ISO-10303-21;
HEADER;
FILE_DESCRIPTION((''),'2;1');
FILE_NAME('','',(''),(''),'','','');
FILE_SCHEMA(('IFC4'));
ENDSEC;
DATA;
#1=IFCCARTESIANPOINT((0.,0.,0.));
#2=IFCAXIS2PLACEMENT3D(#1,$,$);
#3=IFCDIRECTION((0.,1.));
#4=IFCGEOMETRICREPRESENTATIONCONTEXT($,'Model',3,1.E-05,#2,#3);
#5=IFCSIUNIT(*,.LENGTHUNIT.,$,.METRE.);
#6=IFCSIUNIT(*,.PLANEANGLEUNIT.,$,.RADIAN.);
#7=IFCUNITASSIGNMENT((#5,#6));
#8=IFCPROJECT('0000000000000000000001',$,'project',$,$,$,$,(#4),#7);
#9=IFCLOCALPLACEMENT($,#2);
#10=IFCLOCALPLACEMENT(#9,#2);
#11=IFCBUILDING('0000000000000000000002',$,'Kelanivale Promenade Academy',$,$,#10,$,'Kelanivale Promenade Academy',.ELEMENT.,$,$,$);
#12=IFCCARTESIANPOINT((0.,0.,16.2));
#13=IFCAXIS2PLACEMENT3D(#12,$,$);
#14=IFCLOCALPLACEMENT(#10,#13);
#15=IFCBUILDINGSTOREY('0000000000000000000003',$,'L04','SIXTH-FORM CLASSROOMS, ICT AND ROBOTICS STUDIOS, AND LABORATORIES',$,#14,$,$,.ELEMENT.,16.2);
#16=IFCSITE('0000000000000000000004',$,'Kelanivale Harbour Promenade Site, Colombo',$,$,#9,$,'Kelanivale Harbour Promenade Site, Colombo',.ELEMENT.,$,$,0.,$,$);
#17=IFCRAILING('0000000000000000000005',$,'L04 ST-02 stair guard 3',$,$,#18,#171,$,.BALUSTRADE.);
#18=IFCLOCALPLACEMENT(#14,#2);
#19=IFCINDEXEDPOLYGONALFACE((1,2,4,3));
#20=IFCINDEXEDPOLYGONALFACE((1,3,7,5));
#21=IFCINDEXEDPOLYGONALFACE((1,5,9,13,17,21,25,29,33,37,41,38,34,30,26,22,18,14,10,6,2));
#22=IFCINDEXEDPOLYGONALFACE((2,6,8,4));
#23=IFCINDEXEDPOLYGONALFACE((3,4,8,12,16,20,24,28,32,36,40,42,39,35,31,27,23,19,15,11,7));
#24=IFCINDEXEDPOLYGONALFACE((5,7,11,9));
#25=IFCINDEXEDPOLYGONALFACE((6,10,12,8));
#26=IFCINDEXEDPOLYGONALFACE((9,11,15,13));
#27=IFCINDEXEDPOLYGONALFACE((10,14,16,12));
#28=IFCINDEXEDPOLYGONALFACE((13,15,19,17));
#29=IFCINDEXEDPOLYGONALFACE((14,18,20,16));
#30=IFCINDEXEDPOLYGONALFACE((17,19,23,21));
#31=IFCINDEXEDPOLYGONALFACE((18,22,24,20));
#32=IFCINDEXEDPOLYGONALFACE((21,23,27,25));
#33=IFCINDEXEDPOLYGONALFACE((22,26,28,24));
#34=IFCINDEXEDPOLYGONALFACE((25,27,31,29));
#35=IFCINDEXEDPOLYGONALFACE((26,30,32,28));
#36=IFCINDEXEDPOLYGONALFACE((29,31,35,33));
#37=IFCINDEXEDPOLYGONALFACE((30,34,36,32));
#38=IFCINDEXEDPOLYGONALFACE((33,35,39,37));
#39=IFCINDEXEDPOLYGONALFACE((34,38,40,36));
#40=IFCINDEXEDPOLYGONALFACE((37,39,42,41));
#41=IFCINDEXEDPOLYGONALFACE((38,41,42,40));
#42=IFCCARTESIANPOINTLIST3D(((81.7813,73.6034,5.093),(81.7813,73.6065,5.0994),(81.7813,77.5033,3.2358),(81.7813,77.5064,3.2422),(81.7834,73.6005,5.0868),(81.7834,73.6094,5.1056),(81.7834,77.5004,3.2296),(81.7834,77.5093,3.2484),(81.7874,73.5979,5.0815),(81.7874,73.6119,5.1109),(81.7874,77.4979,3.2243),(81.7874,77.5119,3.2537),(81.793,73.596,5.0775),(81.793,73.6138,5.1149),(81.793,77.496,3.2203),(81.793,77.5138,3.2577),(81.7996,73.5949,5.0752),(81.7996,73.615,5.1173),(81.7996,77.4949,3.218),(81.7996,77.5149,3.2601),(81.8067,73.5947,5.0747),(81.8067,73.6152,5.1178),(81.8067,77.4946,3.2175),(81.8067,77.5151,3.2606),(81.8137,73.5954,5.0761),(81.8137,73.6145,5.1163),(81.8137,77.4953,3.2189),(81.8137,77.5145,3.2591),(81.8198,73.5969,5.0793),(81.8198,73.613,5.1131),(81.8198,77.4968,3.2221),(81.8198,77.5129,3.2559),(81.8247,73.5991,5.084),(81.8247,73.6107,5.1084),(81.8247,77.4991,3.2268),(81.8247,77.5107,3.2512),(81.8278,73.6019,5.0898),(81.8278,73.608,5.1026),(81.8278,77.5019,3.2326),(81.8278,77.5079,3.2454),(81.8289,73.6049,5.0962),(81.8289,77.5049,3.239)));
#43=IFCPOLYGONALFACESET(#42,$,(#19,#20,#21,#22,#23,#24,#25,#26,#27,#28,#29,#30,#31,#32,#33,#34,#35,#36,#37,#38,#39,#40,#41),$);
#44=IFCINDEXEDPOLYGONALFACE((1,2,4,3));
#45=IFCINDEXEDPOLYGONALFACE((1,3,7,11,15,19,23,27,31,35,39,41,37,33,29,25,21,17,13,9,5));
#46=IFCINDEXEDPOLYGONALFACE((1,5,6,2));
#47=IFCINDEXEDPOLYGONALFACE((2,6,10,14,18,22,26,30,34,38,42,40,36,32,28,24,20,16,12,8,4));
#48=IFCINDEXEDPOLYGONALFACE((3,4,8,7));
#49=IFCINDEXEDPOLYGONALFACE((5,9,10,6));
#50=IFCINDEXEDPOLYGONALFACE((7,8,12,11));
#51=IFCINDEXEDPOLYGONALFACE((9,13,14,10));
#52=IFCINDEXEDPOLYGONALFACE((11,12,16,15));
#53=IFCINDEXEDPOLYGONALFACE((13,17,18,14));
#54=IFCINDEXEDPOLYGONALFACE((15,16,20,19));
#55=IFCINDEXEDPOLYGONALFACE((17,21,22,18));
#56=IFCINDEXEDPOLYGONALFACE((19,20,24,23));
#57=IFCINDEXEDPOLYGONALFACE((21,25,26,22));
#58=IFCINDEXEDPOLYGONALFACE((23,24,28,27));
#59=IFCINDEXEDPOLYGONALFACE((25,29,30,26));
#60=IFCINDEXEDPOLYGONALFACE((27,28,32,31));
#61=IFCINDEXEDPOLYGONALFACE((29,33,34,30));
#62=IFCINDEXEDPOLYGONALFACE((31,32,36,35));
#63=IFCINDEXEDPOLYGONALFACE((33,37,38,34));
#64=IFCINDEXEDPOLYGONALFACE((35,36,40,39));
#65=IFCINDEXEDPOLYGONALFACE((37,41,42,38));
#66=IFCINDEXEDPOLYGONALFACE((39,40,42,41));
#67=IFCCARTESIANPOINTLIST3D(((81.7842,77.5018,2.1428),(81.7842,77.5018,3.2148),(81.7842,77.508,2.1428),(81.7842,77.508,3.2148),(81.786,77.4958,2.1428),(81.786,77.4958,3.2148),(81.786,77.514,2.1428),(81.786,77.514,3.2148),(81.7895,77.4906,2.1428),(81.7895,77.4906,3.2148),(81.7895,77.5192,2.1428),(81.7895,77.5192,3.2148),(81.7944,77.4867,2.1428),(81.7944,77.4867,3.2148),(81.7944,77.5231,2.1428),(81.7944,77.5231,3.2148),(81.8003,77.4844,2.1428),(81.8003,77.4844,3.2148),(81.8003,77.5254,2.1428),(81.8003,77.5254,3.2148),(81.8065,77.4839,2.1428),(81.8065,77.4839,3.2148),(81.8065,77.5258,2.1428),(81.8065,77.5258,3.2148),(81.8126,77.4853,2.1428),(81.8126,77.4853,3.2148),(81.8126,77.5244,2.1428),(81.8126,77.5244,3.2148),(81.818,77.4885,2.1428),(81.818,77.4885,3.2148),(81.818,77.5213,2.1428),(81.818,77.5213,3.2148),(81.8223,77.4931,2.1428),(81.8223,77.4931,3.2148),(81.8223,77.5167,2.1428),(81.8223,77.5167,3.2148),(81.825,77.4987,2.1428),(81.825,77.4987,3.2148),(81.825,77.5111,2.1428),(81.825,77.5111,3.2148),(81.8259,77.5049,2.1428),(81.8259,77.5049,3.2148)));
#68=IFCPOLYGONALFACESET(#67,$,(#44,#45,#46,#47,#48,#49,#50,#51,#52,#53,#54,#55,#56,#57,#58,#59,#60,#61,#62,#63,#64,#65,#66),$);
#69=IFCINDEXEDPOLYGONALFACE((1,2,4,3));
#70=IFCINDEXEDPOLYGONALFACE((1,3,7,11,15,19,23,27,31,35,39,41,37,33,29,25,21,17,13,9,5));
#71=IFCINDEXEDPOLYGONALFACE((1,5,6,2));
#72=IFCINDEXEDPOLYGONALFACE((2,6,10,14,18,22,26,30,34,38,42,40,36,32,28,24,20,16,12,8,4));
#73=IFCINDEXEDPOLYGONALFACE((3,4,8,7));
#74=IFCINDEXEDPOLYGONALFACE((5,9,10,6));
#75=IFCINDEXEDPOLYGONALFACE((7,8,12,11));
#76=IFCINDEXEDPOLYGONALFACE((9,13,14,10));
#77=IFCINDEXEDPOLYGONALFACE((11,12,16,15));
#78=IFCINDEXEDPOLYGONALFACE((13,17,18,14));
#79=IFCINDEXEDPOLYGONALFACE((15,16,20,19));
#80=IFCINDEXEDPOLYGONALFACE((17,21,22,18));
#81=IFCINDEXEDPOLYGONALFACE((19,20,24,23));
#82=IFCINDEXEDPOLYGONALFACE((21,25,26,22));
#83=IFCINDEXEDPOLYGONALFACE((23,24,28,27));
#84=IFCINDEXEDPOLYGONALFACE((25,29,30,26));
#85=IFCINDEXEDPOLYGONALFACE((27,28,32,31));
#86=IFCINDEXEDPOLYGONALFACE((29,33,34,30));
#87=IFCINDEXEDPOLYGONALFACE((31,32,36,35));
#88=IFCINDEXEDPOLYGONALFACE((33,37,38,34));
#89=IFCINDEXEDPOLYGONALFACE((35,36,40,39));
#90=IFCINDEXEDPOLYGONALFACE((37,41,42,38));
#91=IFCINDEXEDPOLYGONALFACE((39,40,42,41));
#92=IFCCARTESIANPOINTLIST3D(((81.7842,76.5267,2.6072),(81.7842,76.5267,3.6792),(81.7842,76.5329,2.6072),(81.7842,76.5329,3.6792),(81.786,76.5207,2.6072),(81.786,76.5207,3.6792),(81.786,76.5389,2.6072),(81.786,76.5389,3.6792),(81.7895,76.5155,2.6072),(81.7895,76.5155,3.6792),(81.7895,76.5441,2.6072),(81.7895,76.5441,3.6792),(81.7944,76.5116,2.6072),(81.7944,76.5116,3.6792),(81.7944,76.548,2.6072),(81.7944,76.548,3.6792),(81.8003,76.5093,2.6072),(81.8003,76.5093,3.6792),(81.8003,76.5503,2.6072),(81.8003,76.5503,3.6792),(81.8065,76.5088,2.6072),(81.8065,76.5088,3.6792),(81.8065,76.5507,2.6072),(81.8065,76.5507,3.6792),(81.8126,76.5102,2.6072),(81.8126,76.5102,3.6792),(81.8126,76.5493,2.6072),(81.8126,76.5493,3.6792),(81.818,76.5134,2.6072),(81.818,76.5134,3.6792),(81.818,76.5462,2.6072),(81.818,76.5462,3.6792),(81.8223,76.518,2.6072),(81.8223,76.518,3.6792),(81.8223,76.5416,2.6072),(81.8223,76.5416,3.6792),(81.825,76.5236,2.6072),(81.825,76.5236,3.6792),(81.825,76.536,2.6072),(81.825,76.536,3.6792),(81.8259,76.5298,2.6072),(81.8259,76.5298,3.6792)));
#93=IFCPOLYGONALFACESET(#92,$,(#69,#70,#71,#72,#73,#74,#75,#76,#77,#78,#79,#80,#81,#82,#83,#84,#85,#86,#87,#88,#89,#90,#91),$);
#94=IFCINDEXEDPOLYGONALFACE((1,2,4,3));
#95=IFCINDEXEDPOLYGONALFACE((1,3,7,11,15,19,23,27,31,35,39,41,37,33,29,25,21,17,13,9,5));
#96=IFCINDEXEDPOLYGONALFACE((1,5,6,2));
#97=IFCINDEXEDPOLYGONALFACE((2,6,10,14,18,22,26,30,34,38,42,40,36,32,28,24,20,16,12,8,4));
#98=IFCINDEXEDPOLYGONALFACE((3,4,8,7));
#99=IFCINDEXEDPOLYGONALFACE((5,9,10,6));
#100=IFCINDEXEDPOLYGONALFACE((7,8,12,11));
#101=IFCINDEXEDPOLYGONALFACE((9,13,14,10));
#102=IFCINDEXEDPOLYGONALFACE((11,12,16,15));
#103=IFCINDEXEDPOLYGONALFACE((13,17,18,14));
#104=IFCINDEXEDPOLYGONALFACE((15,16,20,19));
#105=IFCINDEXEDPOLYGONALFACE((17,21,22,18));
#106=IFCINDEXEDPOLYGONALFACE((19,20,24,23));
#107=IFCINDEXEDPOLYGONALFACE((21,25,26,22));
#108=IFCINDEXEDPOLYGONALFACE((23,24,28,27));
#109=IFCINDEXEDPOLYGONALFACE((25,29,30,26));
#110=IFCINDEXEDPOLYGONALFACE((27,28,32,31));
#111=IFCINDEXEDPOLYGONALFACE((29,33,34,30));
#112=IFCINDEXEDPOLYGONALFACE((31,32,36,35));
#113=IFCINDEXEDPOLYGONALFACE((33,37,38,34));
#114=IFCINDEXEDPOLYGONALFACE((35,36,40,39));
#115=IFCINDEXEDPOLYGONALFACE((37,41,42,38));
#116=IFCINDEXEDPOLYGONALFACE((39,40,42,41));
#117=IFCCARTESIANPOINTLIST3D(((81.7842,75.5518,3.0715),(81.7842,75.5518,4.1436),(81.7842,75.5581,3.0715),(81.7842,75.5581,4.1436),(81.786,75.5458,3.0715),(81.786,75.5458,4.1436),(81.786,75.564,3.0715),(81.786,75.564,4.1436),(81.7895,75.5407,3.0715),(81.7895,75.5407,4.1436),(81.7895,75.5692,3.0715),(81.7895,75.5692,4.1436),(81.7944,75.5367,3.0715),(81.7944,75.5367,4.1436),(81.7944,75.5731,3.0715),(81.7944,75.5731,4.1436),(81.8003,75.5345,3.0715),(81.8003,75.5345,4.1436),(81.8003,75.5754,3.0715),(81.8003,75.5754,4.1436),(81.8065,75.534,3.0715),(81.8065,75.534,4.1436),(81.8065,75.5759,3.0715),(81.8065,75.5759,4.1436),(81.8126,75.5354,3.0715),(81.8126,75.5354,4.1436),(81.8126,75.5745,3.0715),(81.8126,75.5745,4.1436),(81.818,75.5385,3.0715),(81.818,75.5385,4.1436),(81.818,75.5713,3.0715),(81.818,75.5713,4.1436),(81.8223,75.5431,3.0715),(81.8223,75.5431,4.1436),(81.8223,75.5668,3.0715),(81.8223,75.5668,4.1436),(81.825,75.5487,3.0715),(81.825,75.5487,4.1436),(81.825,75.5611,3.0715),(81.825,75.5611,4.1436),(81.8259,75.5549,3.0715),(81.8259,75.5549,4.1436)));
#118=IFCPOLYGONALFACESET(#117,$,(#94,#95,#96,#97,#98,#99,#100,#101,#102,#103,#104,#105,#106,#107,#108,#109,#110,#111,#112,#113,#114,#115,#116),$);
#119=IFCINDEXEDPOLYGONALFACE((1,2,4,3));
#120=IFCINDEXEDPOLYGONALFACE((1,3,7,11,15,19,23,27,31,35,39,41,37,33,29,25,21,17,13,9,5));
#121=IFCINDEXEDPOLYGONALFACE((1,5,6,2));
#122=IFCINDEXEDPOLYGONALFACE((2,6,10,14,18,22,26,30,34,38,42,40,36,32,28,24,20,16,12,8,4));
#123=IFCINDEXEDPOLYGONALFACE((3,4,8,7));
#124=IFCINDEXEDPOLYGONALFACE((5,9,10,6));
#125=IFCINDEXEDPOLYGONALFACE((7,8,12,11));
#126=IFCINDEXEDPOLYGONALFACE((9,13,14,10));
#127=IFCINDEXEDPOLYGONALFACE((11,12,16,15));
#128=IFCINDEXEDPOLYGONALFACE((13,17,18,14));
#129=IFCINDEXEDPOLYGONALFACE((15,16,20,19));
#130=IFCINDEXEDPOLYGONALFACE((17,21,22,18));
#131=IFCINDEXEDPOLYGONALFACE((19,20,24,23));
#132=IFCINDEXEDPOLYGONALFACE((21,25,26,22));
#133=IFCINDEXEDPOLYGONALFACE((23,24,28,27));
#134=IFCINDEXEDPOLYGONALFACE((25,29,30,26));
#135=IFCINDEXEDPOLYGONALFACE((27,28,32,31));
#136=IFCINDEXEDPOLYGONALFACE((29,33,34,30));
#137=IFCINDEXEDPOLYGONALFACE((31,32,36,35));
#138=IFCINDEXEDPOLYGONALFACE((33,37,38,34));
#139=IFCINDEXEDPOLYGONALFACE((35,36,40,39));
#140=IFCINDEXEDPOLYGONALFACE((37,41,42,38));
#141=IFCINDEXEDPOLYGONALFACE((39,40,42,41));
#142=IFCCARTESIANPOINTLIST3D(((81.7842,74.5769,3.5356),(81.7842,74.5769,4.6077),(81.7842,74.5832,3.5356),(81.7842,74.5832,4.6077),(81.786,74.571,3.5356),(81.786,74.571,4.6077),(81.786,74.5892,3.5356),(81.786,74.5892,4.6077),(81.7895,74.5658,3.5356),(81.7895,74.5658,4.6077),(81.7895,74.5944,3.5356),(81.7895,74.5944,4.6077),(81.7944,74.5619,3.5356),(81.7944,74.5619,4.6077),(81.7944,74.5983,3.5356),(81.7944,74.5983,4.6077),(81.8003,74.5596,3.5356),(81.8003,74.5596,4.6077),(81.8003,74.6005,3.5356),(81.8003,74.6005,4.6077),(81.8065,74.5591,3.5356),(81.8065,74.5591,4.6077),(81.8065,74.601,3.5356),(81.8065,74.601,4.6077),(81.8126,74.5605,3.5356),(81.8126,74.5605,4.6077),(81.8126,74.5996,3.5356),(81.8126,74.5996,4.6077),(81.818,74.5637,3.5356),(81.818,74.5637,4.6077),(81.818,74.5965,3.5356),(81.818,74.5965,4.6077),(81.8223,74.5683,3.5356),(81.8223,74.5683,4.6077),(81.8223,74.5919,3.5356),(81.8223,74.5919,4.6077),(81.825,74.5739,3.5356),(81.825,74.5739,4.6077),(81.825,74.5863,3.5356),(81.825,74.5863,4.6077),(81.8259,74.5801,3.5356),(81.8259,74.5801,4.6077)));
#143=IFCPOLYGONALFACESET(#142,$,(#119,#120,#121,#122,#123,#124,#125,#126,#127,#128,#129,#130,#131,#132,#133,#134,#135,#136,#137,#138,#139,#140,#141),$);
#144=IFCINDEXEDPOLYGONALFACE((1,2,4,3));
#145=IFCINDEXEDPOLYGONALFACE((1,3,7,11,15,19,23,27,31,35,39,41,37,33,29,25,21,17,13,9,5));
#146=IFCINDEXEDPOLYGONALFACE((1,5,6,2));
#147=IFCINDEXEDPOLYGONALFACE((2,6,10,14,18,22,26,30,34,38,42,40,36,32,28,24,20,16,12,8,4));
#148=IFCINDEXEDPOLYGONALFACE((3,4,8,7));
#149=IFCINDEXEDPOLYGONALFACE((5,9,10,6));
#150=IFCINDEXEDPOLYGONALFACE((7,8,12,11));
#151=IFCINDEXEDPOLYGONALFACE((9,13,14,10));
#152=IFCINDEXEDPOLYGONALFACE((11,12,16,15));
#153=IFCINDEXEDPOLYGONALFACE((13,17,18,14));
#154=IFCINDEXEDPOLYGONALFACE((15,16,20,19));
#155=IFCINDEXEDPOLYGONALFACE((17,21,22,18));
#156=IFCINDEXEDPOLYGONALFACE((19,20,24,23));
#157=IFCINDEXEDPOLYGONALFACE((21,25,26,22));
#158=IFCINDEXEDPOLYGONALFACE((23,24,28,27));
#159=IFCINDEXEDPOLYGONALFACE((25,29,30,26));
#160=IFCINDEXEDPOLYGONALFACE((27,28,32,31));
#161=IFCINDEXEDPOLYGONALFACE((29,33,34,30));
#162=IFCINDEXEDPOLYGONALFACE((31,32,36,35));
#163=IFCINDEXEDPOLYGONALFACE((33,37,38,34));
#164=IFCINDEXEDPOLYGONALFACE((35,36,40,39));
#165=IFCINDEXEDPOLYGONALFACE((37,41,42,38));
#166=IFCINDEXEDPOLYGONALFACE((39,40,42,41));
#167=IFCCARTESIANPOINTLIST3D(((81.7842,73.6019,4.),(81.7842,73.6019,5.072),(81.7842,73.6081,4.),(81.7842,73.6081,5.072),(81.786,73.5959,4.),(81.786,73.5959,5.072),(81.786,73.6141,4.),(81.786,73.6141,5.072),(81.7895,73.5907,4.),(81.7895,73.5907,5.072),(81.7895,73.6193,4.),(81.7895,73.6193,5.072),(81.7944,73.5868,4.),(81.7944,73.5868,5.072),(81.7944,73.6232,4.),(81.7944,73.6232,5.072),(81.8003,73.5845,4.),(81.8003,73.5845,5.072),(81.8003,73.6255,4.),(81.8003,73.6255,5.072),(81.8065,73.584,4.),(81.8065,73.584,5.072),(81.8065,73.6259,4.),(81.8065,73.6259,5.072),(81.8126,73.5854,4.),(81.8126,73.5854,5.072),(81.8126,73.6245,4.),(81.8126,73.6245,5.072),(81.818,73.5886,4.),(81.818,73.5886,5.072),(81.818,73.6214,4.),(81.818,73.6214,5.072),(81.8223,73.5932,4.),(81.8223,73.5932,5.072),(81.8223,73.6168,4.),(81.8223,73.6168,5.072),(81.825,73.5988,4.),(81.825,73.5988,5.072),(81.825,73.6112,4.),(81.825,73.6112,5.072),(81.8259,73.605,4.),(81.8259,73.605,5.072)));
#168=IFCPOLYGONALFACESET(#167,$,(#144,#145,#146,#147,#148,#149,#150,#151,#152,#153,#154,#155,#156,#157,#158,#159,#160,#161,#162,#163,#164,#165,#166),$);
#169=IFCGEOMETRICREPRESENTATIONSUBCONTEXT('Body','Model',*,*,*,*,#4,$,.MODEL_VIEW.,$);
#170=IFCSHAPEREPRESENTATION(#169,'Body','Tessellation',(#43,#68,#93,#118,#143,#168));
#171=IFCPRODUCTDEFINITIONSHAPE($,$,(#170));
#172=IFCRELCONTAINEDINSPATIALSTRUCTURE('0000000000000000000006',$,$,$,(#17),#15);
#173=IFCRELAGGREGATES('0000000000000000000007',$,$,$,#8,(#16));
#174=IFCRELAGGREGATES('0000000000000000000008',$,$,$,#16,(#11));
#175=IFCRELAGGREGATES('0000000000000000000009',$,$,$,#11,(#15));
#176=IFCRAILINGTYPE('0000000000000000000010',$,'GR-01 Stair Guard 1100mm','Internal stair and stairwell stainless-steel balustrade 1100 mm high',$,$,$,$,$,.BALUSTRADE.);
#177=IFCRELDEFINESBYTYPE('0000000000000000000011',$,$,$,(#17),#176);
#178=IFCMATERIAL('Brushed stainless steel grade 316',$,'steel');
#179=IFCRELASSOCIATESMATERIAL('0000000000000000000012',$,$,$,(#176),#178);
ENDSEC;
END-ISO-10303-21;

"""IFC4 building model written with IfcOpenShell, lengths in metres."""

from ifc_helpers import new_model, si_unit, direction, frame, origin, origin_2d, place, context, subcontext, project, spatial, circle, extrude, material, type_object, element, save


model = new_model("IFC4")

# Units and contexts
model_context = context("Model", 3, precision=1e-05, world=origin(), true_north=direction((0.0, 1.0)))
body_context = subcontext(model_context, "Body", "Model", "MODEL_VIEW")
ifc_project = project(units=[si_unit("LENGTHUNIT", "METRE"), si_unit("PLANEANGLEUNIT", "RADIAN")], contexts=[model_context])

# Site, building, storey
site_placement = place(None, origin())
site = spatial("IfcSite", under=ifc_project, at=site_placement, Name="Kelanivale Harbour Promenade Site, Colombo", LongName="Kelanivale Harbour Promenade Site, Colombo", CompositionType="ELEMENT", RefElevation=0.0)
building_placement = place(site_placement, origin())
building = spatial("IfcBuilding", under=site, at=building_placement, Name="Kelanivale Promenade Academy", LongName="Kelanivale Promenade Academy", CompositionType="ELEMENT")
storey_placement = place(building_placement, frame((0.0, 0.0, 16.2)))
storey = spatial("IfcBuildingStorey", under=building, at=storey_placement, Name="L04", Description="SIXTH-FORM CLASSROOMS, ICT AND ROBOTICS STUDIOS, AND LABORATORIES", CompositionType="ELEMENT", Elevation=16.2)

# Railing
ifc_material_1 = material(Name="Brushed stainless steel grade 316", Category="steel")
railing_type_1 = type_object("IfcRailingType", Name="GR-01 Stair Guard 1100mm", Description="Internal stair and stairwell stainless-steel balustrade 1100 mm high", PredefinedType="BALUSTRADE", material=ifc_material_1)
railing_1_placement = place(storey_placement, frame((81.8049, 77.5049, 2.1428)))
element("IfcRailing", 1, at=railing_1_placement, inside=storey, type_object=railing_type_1, Name="L04 ST-02 stair guard 3", PredefinedType="BALUSTRADE", context=body_context, shape_type="SweptSolid", body=[
    extrude(circle(Radius=0.0239, at=origin_2d()), frame((0.0, 0.0, 1.0962), z_axis=(0.0, -0.902853, 0.429949), x_axis=(1.0, 0.0, 0.0)), (0.0, 0.0, 1.0), 4.3196),
    extrude(circle(Radius=0.021, at=origin_2d()), origin(), (0.0, 0.0, 1.0), 1.072),
    extrude(circle(Radius=0.021, at=origin_2d()), frame((0.0, -0.9751, 0.4644)), (0.0, 0.0, 1.0), 1.072),
    extrude(circle(Radius=0.021, at=origin_2d()), frame((0.0, -1.95, 0.9287)), (0.0, 0.0, 1.0), 1.072),
    extrude(circle(Radius=0.021, at=origin_2d()), frame((0.0, -2.9248, 1.3928)), (0.0, 0.0, 1.0), 1.072),
    extrude(circle(Radius=0.021, at=origin_2d()), frame((0.0, -3.8999, 1.8572)), (0.0, 0.0, 1.0), 1.072),
])

save(model, "model.ifc")
